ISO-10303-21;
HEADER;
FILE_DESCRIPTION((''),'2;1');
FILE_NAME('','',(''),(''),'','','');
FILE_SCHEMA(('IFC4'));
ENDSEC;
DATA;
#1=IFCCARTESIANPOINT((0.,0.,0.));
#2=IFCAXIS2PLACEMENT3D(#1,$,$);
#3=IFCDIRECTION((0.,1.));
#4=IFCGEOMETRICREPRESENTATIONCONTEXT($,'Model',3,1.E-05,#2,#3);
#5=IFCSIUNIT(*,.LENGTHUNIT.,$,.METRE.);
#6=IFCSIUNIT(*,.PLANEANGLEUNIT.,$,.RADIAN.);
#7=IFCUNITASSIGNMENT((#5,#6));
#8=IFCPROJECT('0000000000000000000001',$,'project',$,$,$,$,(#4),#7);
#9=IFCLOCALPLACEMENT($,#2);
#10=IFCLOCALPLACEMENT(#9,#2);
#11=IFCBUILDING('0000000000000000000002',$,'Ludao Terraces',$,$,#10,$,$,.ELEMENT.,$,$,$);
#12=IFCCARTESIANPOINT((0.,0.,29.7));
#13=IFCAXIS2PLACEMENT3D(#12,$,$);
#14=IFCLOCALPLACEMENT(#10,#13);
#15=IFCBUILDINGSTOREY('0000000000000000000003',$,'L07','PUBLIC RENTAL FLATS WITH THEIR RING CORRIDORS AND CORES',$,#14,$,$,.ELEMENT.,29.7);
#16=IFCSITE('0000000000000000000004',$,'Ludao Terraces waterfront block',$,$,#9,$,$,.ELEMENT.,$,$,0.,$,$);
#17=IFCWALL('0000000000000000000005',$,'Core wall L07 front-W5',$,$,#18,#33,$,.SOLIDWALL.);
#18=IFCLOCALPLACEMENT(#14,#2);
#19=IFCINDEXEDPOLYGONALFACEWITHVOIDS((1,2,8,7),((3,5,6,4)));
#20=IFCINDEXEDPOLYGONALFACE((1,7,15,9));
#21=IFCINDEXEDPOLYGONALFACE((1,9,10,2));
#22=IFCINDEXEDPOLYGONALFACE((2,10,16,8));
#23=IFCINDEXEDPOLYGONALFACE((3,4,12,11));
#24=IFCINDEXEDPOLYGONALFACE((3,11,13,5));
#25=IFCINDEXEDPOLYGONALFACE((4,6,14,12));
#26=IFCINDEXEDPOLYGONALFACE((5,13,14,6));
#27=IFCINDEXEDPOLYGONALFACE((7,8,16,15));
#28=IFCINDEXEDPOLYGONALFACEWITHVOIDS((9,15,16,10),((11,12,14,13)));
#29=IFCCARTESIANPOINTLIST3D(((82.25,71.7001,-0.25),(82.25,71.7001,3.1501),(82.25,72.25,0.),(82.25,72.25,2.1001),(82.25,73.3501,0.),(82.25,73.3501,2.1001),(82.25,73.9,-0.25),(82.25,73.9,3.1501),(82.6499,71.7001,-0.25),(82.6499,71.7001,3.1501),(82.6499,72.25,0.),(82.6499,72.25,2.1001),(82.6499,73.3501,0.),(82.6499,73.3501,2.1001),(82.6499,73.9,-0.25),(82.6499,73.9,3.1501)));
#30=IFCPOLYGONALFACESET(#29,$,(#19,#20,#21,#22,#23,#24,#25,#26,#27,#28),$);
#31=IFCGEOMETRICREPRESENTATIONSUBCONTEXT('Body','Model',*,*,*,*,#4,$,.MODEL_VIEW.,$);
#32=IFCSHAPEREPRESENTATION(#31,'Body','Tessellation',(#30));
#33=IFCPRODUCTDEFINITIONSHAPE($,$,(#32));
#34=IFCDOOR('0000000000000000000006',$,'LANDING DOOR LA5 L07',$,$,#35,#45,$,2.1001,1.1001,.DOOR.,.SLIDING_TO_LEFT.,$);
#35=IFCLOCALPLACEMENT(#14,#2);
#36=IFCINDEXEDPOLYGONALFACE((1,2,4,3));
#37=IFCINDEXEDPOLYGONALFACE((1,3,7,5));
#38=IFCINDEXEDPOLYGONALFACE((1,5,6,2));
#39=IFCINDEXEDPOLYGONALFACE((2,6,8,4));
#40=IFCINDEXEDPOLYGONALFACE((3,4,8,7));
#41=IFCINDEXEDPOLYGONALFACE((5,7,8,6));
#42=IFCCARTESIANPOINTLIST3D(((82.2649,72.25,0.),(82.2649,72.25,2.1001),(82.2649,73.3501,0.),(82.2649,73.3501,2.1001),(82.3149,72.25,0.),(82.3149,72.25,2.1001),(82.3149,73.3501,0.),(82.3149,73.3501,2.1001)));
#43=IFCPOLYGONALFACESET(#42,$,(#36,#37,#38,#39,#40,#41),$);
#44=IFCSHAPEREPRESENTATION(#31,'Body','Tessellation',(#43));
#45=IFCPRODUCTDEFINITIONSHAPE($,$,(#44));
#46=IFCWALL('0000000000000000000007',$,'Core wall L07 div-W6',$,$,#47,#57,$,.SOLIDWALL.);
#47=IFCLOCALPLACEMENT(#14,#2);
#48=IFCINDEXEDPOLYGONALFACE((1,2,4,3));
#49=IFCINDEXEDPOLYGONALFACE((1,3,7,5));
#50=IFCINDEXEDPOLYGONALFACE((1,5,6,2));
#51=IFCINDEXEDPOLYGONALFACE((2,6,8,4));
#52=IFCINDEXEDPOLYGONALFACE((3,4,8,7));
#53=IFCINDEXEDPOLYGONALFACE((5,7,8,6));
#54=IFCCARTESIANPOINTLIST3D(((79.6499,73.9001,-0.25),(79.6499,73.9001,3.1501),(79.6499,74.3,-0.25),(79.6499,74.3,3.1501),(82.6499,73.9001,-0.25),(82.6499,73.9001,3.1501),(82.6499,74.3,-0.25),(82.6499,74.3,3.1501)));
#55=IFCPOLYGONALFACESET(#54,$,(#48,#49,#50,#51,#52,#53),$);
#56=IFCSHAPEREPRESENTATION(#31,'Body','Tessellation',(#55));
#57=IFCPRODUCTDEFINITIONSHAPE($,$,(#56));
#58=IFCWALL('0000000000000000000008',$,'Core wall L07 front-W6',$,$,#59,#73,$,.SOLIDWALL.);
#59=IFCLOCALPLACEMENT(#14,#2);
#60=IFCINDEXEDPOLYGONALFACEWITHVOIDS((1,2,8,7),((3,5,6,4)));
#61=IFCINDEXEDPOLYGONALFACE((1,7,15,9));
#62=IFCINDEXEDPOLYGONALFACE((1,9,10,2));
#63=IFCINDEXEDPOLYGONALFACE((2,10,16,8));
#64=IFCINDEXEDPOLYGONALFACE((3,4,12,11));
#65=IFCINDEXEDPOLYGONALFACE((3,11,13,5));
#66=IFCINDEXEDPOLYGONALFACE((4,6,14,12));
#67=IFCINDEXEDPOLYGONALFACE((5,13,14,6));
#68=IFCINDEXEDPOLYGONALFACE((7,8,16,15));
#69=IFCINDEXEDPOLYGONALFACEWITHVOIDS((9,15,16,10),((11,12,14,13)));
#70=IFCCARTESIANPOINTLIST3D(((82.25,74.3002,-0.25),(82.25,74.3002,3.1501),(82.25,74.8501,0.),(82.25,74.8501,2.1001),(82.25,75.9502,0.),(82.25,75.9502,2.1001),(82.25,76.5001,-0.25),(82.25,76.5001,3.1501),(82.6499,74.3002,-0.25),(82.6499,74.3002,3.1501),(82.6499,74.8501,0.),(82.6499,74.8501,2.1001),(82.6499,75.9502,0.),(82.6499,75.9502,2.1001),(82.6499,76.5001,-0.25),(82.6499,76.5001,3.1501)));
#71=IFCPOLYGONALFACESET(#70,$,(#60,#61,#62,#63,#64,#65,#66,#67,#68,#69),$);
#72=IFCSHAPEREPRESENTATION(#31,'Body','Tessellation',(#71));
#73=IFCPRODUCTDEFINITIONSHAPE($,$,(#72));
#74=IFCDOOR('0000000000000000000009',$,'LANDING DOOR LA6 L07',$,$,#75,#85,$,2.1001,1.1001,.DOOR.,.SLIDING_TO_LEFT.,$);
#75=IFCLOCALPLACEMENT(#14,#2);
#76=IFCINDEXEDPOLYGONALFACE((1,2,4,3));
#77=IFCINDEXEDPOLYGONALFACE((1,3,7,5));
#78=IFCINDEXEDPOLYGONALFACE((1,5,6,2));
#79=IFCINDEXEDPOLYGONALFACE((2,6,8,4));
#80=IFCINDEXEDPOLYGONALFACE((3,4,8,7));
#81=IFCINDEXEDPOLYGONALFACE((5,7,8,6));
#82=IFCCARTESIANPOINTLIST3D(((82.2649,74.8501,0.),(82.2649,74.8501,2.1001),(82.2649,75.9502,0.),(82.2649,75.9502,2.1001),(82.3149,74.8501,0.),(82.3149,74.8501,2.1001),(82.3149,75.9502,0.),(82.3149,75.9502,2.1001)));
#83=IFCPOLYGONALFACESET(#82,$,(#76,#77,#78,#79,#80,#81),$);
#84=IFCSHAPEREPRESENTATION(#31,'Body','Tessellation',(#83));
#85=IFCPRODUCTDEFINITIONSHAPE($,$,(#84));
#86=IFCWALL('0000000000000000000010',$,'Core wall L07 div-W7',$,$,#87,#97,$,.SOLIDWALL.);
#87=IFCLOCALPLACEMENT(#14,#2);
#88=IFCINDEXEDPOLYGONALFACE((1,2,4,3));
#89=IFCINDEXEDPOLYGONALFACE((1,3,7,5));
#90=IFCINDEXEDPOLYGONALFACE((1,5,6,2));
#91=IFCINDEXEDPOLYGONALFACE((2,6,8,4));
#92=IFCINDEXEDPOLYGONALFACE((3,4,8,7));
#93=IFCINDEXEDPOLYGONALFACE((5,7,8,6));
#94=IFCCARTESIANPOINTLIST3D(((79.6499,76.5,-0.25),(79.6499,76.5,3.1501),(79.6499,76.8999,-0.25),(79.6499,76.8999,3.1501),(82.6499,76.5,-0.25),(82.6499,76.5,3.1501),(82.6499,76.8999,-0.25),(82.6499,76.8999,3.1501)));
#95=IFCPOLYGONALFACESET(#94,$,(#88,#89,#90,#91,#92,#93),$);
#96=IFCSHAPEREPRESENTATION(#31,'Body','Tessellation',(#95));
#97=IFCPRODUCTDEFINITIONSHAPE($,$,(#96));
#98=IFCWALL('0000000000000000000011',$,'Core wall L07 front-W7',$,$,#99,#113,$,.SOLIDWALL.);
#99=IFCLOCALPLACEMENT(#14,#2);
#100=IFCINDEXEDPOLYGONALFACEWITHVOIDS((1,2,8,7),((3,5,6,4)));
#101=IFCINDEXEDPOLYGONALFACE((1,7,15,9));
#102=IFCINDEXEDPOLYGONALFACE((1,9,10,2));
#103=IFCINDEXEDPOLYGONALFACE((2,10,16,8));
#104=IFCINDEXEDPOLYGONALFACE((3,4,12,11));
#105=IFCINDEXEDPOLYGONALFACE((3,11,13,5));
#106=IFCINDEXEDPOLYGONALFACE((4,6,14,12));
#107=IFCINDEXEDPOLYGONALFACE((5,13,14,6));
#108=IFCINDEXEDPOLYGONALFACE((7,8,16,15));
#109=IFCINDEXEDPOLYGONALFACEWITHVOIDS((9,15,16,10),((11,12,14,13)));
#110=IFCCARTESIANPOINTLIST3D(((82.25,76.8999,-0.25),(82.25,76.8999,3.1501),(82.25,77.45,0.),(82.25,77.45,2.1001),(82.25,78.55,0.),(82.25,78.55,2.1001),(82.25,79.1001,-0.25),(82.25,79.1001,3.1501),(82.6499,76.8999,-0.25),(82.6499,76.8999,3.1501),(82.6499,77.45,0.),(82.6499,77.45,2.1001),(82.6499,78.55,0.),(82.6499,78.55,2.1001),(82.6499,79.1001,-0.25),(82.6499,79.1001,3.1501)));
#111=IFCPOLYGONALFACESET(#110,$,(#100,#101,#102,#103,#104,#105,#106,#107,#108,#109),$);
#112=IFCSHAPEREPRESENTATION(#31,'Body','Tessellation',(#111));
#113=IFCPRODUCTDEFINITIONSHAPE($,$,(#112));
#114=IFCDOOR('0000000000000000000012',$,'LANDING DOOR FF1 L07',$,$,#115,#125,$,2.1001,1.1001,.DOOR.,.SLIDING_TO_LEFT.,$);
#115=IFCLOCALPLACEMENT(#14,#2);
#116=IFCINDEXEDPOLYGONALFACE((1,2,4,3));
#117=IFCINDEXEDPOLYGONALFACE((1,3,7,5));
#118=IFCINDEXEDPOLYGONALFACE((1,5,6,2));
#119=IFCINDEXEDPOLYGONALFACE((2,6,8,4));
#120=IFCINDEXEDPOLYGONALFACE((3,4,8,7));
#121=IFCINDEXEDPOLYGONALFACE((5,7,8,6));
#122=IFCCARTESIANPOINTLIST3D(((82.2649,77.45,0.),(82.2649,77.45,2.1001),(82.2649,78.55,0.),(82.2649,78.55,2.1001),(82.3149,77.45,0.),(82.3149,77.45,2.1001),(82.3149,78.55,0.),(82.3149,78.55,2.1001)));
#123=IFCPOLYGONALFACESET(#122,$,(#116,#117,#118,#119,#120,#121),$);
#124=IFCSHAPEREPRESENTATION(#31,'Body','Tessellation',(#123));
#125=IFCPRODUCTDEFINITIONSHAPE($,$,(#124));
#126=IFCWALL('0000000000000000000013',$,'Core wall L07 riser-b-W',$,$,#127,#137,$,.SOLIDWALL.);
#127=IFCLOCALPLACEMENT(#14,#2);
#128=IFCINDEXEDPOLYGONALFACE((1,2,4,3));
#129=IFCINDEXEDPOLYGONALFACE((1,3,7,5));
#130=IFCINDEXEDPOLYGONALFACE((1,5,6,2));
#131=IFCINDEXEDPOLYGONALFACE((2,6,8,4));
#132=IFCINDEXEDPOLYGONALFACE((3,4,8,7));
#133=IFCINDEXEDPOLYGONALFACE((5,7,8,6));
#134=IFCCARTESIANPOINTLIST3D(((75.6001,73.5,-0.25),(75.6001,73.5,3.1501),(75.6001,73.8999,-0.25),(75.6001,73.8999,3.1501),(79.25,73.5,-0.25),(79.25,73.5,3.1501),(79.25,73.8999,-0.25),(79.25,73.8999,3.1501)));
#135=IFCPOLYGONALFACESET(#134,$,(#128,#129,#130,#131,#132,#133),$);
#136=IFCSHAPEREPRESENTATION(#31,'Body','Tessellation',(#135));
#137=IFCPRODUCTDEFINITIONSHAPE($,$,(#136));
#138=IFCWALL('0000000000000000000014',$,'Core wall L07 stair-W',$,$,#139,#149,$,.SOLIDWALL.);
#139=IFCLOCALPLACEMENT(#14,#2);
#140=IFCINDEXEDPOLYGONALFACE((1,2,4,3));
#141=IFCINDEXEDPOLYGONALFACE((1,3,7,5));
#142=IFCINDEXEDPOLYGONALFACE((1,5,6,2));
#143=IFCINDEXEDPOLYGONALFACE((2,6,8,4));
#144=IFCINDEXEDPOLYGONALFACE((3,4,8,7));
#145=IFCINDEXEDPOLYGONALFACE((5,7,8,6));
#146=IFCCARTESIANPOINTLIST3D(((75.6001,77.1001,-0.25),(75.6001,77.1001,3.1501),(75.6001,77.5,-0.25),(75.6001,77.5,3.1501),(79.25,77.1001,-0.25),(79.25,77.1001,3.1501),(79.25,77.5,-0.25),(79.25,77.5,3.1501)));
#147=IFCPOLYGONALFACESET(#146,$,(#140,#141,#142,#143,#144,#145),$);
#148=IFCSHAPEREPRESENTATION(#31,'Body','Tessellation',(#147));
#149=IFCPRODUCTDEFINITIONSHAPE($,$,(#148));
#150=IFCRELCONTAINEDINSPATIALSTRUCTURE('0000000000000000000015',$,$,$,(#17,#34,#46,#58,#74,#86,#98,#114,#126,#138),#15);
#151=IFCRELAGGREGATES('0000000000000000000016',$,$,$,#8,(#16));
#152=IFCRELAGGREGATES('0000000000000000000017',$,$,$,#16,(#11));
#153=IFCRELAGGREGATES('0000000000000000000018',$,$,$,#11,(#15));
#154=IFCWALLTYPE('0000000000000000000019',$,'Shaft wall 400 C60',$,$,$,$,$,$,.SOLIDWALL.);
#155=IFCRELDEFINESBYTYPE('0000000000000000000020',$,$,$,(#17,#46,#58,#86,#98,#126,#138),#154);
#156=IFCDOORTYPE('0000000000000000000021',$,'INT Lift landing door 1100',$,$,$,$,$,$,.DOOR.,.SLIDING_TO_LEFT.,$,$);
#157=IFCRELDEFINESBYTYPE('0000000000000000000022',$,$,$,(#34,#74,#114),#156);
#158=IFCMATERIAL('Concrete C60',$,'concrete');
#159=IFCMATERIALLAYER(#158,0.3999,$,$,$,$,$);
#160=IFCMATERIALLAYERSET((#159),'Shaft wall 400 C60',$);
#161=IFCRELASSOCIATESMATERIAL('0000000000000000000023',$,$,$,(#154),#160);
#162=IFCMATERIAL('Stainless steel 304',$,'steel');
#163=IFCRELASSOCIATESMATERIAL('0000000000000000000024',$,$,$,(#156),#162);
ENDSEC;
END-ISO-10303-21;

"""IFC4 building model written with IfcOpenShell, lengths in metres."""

from ifc_helpers import new_model, si_unit, direction, frame, frame_2d, origin, place, context, subcontext, project, spatial, rectangle, extrude, material, layer, layer_set, type_object, element, fill, save


model = new_model("IFC4")

# Units and contexts
model_context = context("Model", 3, precision=1e-05, world=origin(), true_north=direction((0.0, 1.0)))
body_context = subcontext(model_context, "Body", "Model", "MODEL_VIEW")
ifc_project = project(units=[si_unit("LENGTHUNIT", "METRE"), si_unit("PLANEANGLEUNIT", "RADIAN")], contexts=[model_context])

# Site, building, storey
site_placement = place(None, origin())
site = spatial("IfcSite", under=ifc_project, at=site_placement, Name="Ludao Terraces waterfront block", CompositionType="ELEMENT", RefElevation=0.0)
building_placement = place(site_placement, origin())
building = spatial("IfcBuilding", under=site, at=building_placement, Name="Ludao Terraces", CompositionType="ELEMENT")
storey_placement = place(building_placement, frame((0.0, 0.0, 29.7)))
storey = spatial("IfcBuildingStorey", under=building, at=storey_placement, Name="L07", Description="PUBLIC RENTAL FLATS WITH THEIR RING CORRIDORS AND CORES", CompositionType="ELEMENT", Elevation=29.7)

# Shared definitions
ifc_material_1 = material(Name="Concrete C60", Category="concrete")
ifc_layer_1 = layer(ifc_material_1, 0.3999)
ifc_layer_set_1 = layer_set([ifc_layer_1], Name="Shaft wall 400 C60")
wall_type_1 = type_object("IfcWallType", Name="Shaft wall 400 C60", PredefinedType="SOLIDWALL", material=ifc_layer_set_1)

# Wall, opening, door
wall_1_placement = place(storey_placement, frame((82.45, 71.7, -0.25), z_axis=(0.0, 0.0, 1.0), x_axis=(0.0, 1.0, 0.0)))
wall_1 = element("IfcWall", 1, at=wall_1_placement, inside=storey, type_object=wall_type_1, Name="Core wall L07 front-W5", PredefinedType="SOLIDWALL", context=body_context, shape_type="SweptSolid", body=[
    extrude(rectangle(XDim=2.2, YDim=0.3999, at=frame_2d((1.1001, 0.0))), origin(), (0.0, 0.0, 1.0), 3.4001),
])
opening_1_placement = place(wall_1_placement, frame((0.55, 0.0, 0.25)))
opening_1 = element("IfcOpeningElement", 2, at=opening_1_placement, cuts=wall_1, PredefinedType="OPENING", context=body_context, shape_type="SweptSolid", body=[
    extrude(rectangle(XDim=1.1001, YDim=2.1001, at=frame_2d((0.55, 1.05))), frame((0.0, 0.21, 0.0), z_axis=(0.0, -1.0, 0.0), x_axis=(1.0, 0.0, 0.0)), (0.0, 0.0, 1.0), 0.4199),
])
ifc_material_2 = material(Name="Stainless steel 304", Category="steel")
door_type_1 = type_object("IfcDoorType", Name="INT Lift landing door 1100", OperationType="SLIDING_TO_LEFT", PredefinedType="DOOR", material=ifc_material_2)
door_1_placement = place(opening_1_placement, origin())
door_1 = element("IfcDoor", 3, at=door_1_placement, inside=storey, type_object=door_type_1, Name="LANDING DOOR LA5 L07", OperationType="SLIDING_TO_LEFT", OverallHeight=2.1001, OverallWidth=1.1001, PredefinedType="DOOR", context=body_context, shape_type="SweptSolid", body=[
    extrude(rectangle(XDim=1.1001, YDim=2.1001, at=frame_2d((0.55, 1.05))), frame((0.0, 0.1851, 0.0), z_axis=(0.0, -1.0, 0.0), x_axis=(1.0, 0.0, 0.0)), (0.0, 0.0, 1.0), 0.05),
])
fill(opening_1, door_1)

# Wall
wall_2_placement = place(storey_placement, frame((79.6499, 74.1001, -0.25), z_axis=(0.0, 0.0, 1.0), x_axis=(1.0, 0.0, 0.0)))
element("IfcWall", 4, at=wall_2_placement, inside=storey, type_object=wall_type_1, Name="Core wall L07 div-W6", PredefinedType="SOLIDWALL", context=body_context, shape_type="SweptSolid", body=[
    extrude(rectangle(XDim=3.0, YDim=0.3999, at=frame_2d((1.5, 0.0))), origin(), (0.0, 0.0, 1.0), 3.4001),
])

# Wall, opening, door
wall_3_placement = place(storey_placement, frame((82.45, 74.3, -0.25), z_axis=(0.0, 0.0, 1.0), x_axis=(0.0, 1.0, 0.0)))
wall_3 = element("IfcWall", 5, at=wall_3_placement, inside=storey, type_object=wall_type_1, Name="Core wall L07 front-W6", PredefinedType="SOLIDWALL", context=body_context, shape_type="SweptSolid", body=[
    extrude(rectangle(XDim=2.2, YDim=0.3999, at=frame_2d((1.1001, 0.0))), origin(), (0.0, 0.0, 1.0), 3.4001),
])
opening_2_placement = place(wall_3_placement, frame((0.55, 0.0, 0.25)))
opening_2 = element("IfcOpeningElement", 6, at=opening_2_placement, cuts=wall_3, PredefinedType="OPENING", context=body_context, shape_type="SweptSolid", body=[
    extrude(rectangle(XDim=1.1001, YDim=2.1001, at=frame_2d((0.55, 1.05))), frame((0.0, 0.21, 0.0), z_axis=(0.0, -1.0, 0.0), x_axis=(1.0, 0.0, 0.0)), (0.0, 0.0, 1.0), 0.4199),
])
door_2_placement = place(opening_2_placement, origin())
door_2 = element("IfcDoor", 7, at=door_2_placement, inside=storey, type_object=door_type_1, Name="LANDING DOOR LA6 L07", OperationType="SLIDING_TO_LEFT", OverallHeight=2.1001, OverallWidth=1.1001, PredefinedType="DOOR", context=body_context, shape_type="SweptSolid", body=[
    extrude(rectangle(XDim=1.1001, YDim=2.1001, at=frame_2d((0.55, 1.05))), frame((0.0, 0.1851, 0.0), z_axis=(0.0, -1.0, 0.0), x_axis=(1.0, 0.0, 0.0)), (0.0, 0.0, 1.0), 0.05),
])
fill(opening_2, door_2)

# Wall
wall_4_placement = place(storey_placement, frame((79.6499, 76.7, -0.25), z_axis=(0.0, 0.0, 1.0), x_axis=(1.0, 0.0, 0.0)))
element("IfcWall", 8, at=wall_4_placement, inside=storey, type_object=wall_type_1, Name="Core wall L07 div-W7", PredefinedType="SOLIDWALL", context=body_context, shape_type="SweptSolid", body=[
    extrude(rectangle(XDim=3.0, YDim=0.3999, at=frame_2d((1.5, 0.0))), origin(), (0.0, 0.0, 1.0), 3.4001),
])

# Wall, opening, door
wall_5_placement = place(storey_placement, frame((82.45, 76.8999, -0.25), z_axis=(0.0, 0.0, 1.0), x_axis=(0.0, 1.0, 0.0)))
wall_5 = element("IfcWall", 9, at=wall_5_placement, inside=storey, type_object=wall_type_1, Name="Core wall L07 front-W7", PredefinedType="SOLIDWALL", context=body_context, shape_type="SweptSolid", body=[
    extrude(rectangle(XDim=2.2002, YDim=0.3999, at=frame_2d((1.1001, 0.0))), origin(), (0.0, 0.0, 1.0), 3.4001),
])
opening_3_placement = place(wall_5_placement, frame((0.55, 0.0, 0.25)))
opening_3 = element("IfcOpeningElement", 10, at=opening_3_placement, cuts=wall_5, PredefinedType="OPENING", context=body_context, shape_type="SweptSolid", body=[
    extrude(rectangle(XDim=1.1001, YDim=2.1001, at=frame_2d((0.55, 1.05))), frame((0.0, 0.21, 0.0), z_axis=(0.0, -1.0, 0.0), x_axis=(1.0, 0.0, 0.0)), (0.0, 0.0, 1.0), 0.4199),
])
door_3_placement = place(opening_3_placement, origin())
door_3 = element("IfcDoor", 11, at=door_3_placement, inside=storey, type_object=door_type_1, Name="LANDING DOOR FF1 L07", OperationType="SLIDING_TO_LEFT", OverallHeight=2.1001, OverallWidth=1.1001, PredefinedType="DOOR", context=body_context, shape_type="SweptSolid", body=[
    extrude(rectangle(XDim=1.1001, YDim=2.1001, at=frame_2d((0.55, 1.05))), frame((0.0, 0.1851, 0.0), z_axis=(0.0, -1.0, 0.0), x_axis=(1.0, 0.0, 0.0)), (0.0, 0.0, 1.0), 0.05),
])
fill(opening_3, door_3)

# Walls
for number, where, z_axis, x_axis, name in (
    (12, (75.6001, 73.7, -0.25), (0.0, 0.0, 1.0), (1.0, 0.0, 0.0), "Core wall L07 riser-b-W"),
    (13, (75.6001, 77.3, -0.25), (0.0, 0.0, 1.0), (1.0, 0.0, 0.0), "Core wall L07 stair-W"),
):
    element("IfcWall", number, at=place(storey_placement, frame(where, z_axis=z_axis, x_axis=x_axis)), inside=storey, type_object=wall_type_1, Name=name, PredefinedType="SOLIDWALL", context=body_context, shape_type="SweptSolid", body=[
        extrude(rectangle(XDim=3.6499, YDim=0.3999, at=frame_2d((1.825, 0.0))), origin(), (0.0, 0.0, 1.0), 3.4001),
    ])

save(model, "model.ifc")
